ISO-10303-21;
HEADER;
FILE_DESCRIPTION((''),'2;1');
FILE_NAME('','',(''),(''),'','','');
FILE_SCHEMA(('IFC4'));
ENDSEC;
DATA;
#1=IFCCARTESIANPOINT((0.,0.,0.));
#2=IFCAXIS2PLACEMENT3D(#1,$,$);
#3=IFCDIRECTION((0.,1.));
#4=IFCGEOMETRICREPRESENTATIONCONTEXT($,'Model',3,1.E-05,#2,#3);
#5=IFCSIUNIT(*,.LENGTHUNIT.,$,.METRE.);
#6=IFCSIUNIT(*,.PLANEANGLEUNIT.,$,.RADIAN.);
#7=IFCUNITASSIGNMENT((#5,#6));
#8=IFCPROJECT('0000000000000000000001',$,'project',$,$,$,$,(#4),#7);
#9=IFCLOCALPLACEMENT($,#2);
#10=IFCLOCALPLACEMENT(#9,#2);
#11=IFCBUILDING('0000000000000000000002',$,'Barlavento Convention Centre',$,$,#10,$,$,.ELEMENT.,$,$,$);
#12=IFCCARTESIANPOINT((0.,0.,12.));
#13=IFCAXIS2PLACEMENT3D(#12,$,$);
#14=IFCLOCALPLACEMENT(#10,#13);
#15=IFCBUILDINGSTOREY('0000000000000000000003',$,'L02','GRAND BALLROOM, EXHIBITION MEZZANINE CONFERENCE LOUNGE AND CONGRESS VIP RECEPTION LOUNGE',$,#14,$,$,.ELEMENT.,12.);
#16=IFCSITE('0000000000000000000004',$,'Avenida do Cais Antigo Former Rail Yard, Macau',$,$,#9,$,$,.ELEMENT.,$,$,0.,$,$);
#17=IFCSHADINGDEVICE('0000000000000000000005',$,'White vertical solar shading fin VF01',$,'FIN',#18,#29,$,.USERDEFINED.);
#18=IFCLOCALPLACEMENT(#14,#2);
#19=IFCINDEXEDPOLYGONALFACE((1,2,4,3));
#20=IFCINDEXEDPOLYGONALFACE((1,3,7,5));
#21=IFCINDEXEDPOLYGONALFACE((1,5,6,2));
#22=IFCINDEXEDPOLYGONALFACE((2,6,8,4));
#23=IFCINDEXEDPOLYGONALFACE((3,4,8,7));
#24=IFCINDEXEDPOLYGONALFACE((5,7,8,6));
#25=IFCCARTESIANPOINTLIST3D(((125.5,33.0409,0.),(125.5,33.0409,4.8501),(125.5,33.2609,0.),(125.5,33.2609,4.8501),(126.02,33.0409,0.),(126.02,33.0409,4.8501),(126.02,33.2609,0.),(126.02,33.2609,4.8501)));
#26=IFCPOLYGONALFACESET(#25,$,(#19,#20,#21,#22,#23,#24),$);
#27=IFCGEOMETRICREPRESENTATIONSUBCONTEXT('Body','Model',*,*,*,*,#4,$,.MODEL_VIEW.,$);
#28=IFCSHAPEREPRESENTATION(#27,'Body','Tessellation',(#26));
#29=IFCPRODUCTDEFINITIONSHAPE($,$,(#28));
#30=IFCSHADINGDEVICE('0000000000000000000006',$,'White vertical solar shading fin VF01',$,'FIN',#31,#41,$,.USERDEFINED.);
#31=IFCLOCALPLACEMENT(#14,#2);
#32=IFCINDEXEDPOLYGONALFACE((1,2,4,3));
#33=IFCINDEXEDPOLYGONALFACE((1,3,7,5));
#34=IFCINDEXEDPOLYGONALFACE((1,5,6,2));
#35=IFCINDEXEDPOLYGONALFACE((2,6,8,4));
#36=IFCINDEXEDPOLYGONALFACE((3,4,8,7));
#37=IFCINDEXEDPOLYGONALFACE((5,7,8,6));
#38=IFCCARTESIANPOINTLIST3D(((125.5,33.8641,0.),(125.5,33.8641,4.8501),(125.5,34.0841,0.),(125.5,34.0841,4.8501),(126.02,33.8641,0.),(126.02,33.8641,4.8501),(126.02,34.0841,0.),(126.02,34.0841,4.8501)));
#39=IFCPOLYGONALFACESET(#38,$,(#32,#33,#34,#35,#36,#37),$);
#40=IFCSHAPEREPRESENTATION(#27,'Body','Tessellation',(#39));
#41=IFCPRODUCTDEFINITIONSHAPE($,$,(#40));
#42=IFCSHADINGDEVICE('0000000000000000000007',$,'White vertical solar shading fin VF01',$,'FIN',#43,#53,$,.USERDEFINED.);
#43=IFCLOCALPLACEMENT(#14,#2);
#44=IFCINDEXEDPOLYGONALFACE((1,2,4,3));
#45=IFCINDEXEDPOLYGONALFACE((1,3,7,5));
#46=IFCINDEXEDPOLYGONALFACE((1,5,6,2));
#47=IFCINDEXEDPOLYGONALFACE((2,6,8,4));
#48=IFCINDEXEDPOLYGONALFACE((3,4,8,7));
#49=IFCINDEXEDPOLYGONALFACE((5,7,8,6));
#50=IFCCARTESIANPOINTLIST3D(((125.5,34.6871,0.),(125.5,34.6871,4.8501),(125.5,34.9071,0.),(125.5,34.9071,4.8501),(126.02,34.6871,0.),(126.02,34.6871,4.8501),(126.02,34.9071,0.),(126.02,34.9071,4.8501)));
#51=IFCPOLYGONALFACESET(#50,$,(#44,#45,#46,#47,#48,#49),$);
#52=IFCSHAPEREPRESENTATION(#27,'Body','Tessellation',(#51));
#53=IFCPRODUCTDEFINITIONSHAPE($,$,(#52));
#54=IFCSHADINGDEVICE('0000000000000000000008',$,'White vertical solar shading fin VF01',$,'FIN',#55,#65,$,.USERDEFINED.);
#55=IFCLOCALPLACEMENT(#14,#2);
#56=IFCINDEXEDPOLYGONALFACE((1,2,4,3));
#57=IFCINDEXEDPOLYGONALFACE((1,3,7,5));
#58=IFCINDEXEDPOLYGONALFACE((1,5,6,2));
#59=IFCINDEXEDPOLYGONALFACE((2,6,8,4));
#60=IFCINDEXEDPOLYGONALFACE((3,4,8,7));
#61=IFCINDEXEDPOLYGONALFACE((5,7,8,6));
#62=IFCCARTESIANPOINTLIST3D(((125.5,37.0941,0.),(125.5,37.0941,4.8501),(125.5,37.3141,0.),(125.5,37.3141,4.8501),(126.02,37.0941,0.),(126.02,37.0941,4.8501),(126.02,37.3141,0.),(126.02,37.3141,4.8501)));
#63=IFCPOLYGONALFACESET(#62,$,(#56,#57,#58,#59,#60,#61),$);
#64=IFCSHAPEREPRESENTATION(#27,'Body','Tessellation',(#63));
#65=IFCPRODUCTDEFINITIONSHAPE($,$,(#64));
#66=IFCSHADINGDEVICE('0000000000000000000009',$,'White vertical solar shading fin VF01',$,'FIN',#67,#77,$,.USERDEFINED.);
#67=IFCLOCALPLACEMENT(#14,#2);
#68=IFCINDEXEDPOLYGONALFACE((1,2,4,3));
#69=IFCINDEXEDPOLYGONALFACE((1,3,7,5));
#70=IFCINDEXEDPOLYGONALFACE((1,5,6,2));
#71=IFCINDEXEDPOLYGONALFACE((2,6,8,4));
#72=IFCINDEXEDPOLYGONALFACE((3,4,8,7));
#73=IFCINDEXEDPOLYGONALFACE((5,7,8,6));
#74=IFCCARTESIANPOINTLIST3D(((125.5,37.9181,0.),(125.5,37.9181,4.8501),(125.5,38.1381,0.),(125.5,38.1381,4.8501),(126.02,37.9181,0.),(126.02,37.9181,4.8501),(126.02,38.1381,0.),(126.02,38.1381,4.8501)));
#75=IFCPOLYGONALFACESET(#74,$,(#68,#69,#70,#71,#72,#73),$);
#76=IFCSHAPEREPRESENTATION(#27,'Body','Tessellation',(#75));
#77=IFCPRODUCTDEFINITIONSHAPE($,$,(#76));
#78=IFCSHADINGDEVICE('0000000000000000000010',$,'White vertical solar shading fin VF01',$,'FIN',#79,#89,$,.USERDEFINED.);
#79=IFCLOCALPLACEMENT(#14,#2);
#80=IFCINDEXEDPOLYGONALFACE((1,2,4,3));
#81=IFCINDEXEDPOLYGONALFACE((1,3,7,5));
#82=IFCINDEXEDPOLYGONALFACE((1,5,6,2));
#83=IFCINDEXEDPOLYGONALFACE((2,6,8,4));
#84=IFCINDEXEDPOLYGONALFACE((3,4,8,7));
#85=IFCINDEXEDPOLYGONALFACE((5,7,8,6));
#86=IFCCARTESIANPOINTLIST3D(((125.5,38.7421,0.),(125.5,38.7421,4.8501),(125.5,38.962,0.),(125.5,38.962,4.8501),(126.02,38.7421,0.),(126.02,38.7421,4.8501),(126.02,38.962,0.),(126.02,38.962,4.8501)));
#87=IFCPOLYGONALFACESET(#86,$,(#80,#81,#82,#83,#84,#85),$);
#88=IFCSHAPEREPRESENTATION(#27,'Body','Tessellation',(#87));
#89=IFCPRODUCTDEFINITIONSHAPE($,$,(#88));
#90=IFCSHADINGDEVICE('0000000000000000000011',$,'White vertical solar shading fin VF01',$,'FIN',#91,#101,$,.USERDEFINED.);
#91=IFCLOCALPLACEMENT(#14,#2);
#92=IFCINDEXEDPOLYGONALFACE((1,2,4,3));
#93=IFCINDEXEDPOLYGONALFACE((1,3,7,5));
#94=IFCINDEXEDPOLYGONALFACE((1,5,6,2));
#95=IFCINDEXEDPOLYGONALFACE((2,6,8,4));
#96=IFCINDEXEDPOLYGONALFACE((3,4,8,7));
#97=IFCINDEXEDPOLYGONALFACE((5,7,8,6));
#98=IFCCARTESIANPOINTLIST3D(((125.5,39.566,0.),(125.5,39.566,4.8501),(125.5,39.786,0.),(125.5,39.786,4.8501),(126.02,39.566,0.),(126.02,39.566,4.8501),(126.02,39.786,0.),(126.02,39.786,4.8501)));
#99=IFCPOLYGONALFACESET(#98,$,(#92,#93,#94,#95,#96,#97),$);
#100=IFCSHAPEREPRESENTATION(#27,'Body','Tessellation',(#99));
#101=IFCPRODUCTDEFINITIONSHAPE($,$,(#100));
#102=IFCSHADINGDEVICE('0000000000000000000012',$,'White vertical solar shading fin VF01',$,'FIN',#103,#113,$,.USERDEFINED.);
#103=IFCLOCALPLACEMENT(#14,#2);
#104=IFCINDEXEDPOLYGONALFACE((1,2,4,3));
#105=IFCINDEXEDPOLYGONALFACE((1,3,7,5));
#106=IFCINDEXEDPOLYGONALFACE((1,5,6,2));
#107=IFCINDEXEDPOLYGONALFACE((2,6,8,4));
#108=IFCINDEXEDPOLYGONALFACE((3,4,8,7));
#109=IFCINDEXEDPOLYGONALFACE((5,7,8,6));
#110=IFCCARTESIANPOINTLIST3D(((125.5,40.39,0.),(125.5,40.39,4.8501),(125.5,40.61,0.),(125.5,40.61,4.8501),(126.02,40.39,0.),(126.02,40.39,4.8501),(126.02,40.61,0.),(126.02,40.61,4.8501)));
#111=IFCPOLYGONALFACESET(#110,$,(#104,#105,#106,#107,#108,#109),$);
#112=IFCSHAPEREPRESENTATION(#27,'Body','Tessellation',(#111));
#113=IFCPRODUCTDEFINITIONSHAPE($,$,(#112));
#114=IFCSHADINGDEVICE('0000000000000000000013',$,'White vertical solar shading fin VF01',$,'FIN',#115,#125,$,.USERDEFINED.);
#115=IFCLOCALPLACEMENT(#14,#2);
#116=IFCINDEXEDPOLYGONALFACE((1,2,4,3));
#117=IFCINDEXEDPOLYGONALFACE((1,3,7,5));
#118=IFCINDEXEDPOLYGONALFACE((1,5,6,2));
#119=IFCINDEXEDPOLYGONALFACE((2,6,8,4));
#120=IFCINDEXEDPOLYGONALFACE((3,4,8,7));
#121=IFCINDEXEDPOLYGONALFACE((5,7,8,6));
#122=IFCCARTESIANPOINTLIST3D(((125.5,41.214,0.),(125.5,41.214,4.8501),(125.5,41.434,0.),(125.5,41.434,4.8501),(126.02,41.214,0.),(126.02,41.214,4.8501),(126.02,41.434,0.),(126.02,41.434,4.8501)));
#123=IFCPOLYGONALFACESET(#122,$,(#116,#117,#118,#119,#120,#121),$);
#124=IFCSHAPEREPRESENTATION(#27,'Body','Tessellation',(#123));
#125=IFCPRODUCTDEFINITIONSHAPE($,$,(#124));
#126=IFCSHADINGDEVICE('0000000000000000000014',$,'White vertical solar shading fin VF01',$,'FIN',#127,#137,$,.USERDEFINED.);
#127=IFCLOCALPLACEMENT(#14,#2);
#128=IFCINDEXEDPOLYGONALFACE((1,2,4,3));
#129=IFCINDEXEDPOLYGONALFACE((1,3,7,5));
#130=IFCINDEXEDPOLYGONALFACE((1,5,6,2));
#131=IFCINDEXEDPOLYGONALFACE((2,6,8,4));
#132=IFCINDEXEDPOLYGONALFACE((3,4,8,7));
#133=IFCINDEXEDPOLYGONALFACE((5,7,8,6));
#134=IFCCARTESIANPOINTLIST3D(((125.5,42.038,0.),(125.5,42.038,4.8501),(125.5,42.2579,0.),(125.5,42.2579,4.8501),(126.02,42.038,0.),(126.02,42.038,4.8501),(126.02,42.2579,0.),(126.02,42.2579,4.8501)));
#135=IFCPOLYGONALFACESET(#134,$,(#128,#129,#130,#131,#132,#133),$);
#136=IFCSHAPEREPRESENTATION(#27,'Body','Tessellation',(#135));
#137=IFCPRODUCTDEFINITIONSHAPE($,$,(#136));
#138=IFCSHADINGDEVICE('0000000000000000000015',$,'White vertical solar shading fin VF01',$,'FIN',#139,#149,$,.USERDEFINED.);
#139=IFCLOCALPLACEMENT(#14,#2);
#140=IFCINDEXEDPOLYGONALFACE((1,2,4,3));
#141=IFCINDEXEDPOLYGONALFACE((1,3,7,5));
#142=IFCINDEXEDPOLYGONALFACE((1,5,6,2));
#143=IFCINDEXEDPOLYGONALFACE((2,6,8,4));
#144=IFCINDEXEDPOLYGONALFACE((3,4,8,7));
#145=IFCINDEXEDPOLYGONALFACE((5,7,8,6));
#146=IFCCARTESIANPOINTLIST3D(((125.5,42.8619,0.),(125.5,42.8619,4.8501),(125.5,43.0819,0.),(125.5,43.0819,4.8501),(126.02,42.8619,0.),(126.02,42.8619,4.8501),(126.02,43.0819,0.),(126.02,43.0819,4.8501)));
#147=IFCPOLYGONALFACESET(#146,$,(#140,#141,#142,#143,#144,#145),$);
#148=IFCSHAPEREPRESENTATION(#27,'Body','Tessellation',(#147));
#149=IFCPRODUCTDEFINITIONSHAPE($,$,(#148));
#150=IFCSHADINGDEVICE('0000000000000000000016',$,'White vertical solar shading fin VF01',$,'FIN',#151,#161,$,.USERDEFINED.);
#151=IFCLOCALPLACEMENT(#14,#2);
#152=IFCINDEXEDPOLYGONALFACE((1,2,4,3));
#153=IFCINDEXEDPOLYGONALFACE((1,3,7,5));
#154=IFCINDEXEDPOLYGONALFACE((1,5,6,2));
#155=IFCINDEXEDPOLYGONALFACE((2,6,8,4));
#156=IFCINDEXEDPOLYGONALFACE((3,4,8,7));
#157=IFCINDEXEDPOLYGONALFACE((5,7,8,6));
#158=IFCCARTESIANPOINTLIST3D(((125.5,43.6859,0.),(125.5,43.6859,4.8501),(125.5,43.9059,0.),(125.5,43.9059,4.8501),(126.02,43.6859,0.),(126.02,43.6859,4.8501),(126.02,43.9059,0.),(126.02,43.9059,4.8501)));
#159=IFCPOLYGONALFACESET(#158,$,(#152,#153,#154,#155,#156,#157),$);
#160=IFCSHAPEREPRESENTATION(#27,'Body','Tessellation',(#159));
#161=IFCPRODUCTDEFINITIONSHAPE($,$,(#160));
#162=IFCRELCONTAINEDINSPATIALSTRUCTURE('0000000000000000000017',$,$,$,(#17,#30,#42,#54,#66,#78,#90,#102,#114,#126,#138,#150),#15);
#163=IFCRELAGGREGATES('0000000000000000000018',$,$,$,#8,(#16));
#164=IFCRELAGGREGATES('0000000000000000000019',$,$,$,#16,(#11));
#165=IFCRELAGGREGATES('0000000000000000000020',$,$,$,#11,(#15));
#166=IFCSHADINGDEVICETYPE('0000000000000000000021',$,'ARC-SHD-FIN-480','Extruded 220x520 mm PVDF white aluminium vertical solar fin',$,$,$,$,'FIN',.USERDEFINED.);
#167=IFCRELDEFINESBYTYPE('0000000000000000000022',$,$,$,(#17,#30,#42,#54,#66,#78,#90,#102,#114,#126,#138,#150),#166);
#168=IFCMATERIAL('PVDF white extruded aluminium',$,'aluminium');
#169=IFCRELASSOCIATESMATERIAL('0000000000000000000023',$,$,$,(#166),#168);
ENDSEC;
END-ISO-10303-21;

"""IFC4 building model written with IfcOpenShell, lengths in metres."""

from ifc_helpers import new_model, si_unit, direction, frame, origin, origin_2d, place, context, subcontext, project, spatial, rectangle, extrude, material, type_object, element, save


model = new_model("IFC4")

# Units and contexts
model_context = context("Model", 3, precision=1e-05, world=origin(), true_north=direction((0.0, 1.0)))
body_context = subcontext(model_context, "Body", "Model", "MODEL_VIEW")
ifc_project = project(units=[si_unit("LENGTHUNIT", "METRE"), si_unit("PLANEANGLEUNIT", "RADIAN")], contexts=[model_context])

# Site, building, storey
site_placement = place(None, origin())
site = spatial("IfcSite", under=ifc_project, at=site_placement, Name="Avenida do Cais Antigo Former Rail Yard, Macau", CompositionType="ELEMENT", RefElevation=0.0)
building_placement = place(site_placement, origin())
building = spatial("IfcBuilding", under=site, at=building_placement, Name="Barlavento Convention Centre", CompositionType="ELEMENT")
storey_placement = place(building_placement, frame((0.0, 0.0, 12.0)))
storey = spatial("IfcBuildingStorey", under=building, at=storey_placement, Name="L02", Description="GRAND BALLROOM, EXHIBITION MEZZANINE CONFERENCE LOUNGE AND CONGRESS VIP RECEPTION LOUNGE", CompositionType="ELEMENT", Elevation=12.0)

# Shading devices
ifc_material_1 = material(Name="PVDF white extruded aluminium", Category="aluminium")
shading_device_type = type_object("IfcShadingDeviceType", Name="ARC-SHD-FIN-480", Description="Extruded 220x520 mm PVDF white aluminium vertical solar fin", ElementType="FIN", PredefinedType="USERDEFINED", material=ifc_material_1)
for number, where, z_axis, x_axis, name in (
    (1, (125.76, 33.1509, 0.0), (0.0, 0.0, 1.0), (0.0, 1.0, 0.0), "White vertical solar shading fin VF01"),
    (2, (125.76, 33.9741, 0.0), (0.0, 0.0, 1.0), (0.0, 1.0, 0.0), "White vertical solar shading fin VF01"),
    (3, (125.76, 34.7971, 0.0), (0.0, 0.0, 1.0), (0.0, 1.0, 0.0), "White vertical solar shading fin VF01"),
    (4, (125.76, 37.2041, 0.0), (0.0, 0.0, 1.0), (0.0, 1.0, 0.0), "White vertical solar shading fin VF01"),
    (5, (125.76, 38.0281, 0.0), (0.0, 0.0, 1.0), (0.0, 1.0, 0.0), "White vertical solar shading fin VF01"),
    (6, (125.76, 38.8521, 0.0), (0.0, 0.0, 1.0), (0.0, 1.0, 0.0), "White vertical solar shading fin VF01"),
    (7, (125.76, 39.676, 0.0), (0.0, 0.0, 1.0), (0.0, 1.0, 0.0), "White vertical solar shading fin VF01"),
    (8, (125.76, 40.5, 0.0), (0.0, 0.0, 1.0), (0.0, 1.0, 0.0), "White vertical solar shading fin VF01"),
    (9, (125.76, 41.324, 0.0), (0.0, 0.0, 1.0), (0.0, 1.0, 0.0), "White vertical solar shading fin VF01"),
    (10, (125.76, 42.1479, 0.0), (0.0, 0.0, 1.0), (0.0, 1.0, 0.0), "White vertical solar shading fin VF01"),
    (11, (125.76, 42.9719, 0.0), (0.0, 0.0, 1.0), (0.0, 1.0, 0.0), "White vertical solar shading fin VF01"),
    (12, (125.76, 43.7959, 0.0), (0.0, 0.0, 1.0), (0.0, 1.0, 0.0), "White vertical solar shading fin VF01"),
):
    element("IfcShadingDevice", number, at=place(storey_placement, frame(where, z_axis=z_axis, x_axis=x_axis)), inside=storey, type_object=shading_device_type, Name=name, ObjectType="FIN", PredefinedType="USERDEFINED", context=body_context, shape_type="SweptSolid", body=[
        extrude(rectangle(XDim=0.22, YDim=0.52, at=origin_2d()), origin(), (0.0, 0.0, 1.0), 4.8501),
    ])

save(model, "model.ifc")
